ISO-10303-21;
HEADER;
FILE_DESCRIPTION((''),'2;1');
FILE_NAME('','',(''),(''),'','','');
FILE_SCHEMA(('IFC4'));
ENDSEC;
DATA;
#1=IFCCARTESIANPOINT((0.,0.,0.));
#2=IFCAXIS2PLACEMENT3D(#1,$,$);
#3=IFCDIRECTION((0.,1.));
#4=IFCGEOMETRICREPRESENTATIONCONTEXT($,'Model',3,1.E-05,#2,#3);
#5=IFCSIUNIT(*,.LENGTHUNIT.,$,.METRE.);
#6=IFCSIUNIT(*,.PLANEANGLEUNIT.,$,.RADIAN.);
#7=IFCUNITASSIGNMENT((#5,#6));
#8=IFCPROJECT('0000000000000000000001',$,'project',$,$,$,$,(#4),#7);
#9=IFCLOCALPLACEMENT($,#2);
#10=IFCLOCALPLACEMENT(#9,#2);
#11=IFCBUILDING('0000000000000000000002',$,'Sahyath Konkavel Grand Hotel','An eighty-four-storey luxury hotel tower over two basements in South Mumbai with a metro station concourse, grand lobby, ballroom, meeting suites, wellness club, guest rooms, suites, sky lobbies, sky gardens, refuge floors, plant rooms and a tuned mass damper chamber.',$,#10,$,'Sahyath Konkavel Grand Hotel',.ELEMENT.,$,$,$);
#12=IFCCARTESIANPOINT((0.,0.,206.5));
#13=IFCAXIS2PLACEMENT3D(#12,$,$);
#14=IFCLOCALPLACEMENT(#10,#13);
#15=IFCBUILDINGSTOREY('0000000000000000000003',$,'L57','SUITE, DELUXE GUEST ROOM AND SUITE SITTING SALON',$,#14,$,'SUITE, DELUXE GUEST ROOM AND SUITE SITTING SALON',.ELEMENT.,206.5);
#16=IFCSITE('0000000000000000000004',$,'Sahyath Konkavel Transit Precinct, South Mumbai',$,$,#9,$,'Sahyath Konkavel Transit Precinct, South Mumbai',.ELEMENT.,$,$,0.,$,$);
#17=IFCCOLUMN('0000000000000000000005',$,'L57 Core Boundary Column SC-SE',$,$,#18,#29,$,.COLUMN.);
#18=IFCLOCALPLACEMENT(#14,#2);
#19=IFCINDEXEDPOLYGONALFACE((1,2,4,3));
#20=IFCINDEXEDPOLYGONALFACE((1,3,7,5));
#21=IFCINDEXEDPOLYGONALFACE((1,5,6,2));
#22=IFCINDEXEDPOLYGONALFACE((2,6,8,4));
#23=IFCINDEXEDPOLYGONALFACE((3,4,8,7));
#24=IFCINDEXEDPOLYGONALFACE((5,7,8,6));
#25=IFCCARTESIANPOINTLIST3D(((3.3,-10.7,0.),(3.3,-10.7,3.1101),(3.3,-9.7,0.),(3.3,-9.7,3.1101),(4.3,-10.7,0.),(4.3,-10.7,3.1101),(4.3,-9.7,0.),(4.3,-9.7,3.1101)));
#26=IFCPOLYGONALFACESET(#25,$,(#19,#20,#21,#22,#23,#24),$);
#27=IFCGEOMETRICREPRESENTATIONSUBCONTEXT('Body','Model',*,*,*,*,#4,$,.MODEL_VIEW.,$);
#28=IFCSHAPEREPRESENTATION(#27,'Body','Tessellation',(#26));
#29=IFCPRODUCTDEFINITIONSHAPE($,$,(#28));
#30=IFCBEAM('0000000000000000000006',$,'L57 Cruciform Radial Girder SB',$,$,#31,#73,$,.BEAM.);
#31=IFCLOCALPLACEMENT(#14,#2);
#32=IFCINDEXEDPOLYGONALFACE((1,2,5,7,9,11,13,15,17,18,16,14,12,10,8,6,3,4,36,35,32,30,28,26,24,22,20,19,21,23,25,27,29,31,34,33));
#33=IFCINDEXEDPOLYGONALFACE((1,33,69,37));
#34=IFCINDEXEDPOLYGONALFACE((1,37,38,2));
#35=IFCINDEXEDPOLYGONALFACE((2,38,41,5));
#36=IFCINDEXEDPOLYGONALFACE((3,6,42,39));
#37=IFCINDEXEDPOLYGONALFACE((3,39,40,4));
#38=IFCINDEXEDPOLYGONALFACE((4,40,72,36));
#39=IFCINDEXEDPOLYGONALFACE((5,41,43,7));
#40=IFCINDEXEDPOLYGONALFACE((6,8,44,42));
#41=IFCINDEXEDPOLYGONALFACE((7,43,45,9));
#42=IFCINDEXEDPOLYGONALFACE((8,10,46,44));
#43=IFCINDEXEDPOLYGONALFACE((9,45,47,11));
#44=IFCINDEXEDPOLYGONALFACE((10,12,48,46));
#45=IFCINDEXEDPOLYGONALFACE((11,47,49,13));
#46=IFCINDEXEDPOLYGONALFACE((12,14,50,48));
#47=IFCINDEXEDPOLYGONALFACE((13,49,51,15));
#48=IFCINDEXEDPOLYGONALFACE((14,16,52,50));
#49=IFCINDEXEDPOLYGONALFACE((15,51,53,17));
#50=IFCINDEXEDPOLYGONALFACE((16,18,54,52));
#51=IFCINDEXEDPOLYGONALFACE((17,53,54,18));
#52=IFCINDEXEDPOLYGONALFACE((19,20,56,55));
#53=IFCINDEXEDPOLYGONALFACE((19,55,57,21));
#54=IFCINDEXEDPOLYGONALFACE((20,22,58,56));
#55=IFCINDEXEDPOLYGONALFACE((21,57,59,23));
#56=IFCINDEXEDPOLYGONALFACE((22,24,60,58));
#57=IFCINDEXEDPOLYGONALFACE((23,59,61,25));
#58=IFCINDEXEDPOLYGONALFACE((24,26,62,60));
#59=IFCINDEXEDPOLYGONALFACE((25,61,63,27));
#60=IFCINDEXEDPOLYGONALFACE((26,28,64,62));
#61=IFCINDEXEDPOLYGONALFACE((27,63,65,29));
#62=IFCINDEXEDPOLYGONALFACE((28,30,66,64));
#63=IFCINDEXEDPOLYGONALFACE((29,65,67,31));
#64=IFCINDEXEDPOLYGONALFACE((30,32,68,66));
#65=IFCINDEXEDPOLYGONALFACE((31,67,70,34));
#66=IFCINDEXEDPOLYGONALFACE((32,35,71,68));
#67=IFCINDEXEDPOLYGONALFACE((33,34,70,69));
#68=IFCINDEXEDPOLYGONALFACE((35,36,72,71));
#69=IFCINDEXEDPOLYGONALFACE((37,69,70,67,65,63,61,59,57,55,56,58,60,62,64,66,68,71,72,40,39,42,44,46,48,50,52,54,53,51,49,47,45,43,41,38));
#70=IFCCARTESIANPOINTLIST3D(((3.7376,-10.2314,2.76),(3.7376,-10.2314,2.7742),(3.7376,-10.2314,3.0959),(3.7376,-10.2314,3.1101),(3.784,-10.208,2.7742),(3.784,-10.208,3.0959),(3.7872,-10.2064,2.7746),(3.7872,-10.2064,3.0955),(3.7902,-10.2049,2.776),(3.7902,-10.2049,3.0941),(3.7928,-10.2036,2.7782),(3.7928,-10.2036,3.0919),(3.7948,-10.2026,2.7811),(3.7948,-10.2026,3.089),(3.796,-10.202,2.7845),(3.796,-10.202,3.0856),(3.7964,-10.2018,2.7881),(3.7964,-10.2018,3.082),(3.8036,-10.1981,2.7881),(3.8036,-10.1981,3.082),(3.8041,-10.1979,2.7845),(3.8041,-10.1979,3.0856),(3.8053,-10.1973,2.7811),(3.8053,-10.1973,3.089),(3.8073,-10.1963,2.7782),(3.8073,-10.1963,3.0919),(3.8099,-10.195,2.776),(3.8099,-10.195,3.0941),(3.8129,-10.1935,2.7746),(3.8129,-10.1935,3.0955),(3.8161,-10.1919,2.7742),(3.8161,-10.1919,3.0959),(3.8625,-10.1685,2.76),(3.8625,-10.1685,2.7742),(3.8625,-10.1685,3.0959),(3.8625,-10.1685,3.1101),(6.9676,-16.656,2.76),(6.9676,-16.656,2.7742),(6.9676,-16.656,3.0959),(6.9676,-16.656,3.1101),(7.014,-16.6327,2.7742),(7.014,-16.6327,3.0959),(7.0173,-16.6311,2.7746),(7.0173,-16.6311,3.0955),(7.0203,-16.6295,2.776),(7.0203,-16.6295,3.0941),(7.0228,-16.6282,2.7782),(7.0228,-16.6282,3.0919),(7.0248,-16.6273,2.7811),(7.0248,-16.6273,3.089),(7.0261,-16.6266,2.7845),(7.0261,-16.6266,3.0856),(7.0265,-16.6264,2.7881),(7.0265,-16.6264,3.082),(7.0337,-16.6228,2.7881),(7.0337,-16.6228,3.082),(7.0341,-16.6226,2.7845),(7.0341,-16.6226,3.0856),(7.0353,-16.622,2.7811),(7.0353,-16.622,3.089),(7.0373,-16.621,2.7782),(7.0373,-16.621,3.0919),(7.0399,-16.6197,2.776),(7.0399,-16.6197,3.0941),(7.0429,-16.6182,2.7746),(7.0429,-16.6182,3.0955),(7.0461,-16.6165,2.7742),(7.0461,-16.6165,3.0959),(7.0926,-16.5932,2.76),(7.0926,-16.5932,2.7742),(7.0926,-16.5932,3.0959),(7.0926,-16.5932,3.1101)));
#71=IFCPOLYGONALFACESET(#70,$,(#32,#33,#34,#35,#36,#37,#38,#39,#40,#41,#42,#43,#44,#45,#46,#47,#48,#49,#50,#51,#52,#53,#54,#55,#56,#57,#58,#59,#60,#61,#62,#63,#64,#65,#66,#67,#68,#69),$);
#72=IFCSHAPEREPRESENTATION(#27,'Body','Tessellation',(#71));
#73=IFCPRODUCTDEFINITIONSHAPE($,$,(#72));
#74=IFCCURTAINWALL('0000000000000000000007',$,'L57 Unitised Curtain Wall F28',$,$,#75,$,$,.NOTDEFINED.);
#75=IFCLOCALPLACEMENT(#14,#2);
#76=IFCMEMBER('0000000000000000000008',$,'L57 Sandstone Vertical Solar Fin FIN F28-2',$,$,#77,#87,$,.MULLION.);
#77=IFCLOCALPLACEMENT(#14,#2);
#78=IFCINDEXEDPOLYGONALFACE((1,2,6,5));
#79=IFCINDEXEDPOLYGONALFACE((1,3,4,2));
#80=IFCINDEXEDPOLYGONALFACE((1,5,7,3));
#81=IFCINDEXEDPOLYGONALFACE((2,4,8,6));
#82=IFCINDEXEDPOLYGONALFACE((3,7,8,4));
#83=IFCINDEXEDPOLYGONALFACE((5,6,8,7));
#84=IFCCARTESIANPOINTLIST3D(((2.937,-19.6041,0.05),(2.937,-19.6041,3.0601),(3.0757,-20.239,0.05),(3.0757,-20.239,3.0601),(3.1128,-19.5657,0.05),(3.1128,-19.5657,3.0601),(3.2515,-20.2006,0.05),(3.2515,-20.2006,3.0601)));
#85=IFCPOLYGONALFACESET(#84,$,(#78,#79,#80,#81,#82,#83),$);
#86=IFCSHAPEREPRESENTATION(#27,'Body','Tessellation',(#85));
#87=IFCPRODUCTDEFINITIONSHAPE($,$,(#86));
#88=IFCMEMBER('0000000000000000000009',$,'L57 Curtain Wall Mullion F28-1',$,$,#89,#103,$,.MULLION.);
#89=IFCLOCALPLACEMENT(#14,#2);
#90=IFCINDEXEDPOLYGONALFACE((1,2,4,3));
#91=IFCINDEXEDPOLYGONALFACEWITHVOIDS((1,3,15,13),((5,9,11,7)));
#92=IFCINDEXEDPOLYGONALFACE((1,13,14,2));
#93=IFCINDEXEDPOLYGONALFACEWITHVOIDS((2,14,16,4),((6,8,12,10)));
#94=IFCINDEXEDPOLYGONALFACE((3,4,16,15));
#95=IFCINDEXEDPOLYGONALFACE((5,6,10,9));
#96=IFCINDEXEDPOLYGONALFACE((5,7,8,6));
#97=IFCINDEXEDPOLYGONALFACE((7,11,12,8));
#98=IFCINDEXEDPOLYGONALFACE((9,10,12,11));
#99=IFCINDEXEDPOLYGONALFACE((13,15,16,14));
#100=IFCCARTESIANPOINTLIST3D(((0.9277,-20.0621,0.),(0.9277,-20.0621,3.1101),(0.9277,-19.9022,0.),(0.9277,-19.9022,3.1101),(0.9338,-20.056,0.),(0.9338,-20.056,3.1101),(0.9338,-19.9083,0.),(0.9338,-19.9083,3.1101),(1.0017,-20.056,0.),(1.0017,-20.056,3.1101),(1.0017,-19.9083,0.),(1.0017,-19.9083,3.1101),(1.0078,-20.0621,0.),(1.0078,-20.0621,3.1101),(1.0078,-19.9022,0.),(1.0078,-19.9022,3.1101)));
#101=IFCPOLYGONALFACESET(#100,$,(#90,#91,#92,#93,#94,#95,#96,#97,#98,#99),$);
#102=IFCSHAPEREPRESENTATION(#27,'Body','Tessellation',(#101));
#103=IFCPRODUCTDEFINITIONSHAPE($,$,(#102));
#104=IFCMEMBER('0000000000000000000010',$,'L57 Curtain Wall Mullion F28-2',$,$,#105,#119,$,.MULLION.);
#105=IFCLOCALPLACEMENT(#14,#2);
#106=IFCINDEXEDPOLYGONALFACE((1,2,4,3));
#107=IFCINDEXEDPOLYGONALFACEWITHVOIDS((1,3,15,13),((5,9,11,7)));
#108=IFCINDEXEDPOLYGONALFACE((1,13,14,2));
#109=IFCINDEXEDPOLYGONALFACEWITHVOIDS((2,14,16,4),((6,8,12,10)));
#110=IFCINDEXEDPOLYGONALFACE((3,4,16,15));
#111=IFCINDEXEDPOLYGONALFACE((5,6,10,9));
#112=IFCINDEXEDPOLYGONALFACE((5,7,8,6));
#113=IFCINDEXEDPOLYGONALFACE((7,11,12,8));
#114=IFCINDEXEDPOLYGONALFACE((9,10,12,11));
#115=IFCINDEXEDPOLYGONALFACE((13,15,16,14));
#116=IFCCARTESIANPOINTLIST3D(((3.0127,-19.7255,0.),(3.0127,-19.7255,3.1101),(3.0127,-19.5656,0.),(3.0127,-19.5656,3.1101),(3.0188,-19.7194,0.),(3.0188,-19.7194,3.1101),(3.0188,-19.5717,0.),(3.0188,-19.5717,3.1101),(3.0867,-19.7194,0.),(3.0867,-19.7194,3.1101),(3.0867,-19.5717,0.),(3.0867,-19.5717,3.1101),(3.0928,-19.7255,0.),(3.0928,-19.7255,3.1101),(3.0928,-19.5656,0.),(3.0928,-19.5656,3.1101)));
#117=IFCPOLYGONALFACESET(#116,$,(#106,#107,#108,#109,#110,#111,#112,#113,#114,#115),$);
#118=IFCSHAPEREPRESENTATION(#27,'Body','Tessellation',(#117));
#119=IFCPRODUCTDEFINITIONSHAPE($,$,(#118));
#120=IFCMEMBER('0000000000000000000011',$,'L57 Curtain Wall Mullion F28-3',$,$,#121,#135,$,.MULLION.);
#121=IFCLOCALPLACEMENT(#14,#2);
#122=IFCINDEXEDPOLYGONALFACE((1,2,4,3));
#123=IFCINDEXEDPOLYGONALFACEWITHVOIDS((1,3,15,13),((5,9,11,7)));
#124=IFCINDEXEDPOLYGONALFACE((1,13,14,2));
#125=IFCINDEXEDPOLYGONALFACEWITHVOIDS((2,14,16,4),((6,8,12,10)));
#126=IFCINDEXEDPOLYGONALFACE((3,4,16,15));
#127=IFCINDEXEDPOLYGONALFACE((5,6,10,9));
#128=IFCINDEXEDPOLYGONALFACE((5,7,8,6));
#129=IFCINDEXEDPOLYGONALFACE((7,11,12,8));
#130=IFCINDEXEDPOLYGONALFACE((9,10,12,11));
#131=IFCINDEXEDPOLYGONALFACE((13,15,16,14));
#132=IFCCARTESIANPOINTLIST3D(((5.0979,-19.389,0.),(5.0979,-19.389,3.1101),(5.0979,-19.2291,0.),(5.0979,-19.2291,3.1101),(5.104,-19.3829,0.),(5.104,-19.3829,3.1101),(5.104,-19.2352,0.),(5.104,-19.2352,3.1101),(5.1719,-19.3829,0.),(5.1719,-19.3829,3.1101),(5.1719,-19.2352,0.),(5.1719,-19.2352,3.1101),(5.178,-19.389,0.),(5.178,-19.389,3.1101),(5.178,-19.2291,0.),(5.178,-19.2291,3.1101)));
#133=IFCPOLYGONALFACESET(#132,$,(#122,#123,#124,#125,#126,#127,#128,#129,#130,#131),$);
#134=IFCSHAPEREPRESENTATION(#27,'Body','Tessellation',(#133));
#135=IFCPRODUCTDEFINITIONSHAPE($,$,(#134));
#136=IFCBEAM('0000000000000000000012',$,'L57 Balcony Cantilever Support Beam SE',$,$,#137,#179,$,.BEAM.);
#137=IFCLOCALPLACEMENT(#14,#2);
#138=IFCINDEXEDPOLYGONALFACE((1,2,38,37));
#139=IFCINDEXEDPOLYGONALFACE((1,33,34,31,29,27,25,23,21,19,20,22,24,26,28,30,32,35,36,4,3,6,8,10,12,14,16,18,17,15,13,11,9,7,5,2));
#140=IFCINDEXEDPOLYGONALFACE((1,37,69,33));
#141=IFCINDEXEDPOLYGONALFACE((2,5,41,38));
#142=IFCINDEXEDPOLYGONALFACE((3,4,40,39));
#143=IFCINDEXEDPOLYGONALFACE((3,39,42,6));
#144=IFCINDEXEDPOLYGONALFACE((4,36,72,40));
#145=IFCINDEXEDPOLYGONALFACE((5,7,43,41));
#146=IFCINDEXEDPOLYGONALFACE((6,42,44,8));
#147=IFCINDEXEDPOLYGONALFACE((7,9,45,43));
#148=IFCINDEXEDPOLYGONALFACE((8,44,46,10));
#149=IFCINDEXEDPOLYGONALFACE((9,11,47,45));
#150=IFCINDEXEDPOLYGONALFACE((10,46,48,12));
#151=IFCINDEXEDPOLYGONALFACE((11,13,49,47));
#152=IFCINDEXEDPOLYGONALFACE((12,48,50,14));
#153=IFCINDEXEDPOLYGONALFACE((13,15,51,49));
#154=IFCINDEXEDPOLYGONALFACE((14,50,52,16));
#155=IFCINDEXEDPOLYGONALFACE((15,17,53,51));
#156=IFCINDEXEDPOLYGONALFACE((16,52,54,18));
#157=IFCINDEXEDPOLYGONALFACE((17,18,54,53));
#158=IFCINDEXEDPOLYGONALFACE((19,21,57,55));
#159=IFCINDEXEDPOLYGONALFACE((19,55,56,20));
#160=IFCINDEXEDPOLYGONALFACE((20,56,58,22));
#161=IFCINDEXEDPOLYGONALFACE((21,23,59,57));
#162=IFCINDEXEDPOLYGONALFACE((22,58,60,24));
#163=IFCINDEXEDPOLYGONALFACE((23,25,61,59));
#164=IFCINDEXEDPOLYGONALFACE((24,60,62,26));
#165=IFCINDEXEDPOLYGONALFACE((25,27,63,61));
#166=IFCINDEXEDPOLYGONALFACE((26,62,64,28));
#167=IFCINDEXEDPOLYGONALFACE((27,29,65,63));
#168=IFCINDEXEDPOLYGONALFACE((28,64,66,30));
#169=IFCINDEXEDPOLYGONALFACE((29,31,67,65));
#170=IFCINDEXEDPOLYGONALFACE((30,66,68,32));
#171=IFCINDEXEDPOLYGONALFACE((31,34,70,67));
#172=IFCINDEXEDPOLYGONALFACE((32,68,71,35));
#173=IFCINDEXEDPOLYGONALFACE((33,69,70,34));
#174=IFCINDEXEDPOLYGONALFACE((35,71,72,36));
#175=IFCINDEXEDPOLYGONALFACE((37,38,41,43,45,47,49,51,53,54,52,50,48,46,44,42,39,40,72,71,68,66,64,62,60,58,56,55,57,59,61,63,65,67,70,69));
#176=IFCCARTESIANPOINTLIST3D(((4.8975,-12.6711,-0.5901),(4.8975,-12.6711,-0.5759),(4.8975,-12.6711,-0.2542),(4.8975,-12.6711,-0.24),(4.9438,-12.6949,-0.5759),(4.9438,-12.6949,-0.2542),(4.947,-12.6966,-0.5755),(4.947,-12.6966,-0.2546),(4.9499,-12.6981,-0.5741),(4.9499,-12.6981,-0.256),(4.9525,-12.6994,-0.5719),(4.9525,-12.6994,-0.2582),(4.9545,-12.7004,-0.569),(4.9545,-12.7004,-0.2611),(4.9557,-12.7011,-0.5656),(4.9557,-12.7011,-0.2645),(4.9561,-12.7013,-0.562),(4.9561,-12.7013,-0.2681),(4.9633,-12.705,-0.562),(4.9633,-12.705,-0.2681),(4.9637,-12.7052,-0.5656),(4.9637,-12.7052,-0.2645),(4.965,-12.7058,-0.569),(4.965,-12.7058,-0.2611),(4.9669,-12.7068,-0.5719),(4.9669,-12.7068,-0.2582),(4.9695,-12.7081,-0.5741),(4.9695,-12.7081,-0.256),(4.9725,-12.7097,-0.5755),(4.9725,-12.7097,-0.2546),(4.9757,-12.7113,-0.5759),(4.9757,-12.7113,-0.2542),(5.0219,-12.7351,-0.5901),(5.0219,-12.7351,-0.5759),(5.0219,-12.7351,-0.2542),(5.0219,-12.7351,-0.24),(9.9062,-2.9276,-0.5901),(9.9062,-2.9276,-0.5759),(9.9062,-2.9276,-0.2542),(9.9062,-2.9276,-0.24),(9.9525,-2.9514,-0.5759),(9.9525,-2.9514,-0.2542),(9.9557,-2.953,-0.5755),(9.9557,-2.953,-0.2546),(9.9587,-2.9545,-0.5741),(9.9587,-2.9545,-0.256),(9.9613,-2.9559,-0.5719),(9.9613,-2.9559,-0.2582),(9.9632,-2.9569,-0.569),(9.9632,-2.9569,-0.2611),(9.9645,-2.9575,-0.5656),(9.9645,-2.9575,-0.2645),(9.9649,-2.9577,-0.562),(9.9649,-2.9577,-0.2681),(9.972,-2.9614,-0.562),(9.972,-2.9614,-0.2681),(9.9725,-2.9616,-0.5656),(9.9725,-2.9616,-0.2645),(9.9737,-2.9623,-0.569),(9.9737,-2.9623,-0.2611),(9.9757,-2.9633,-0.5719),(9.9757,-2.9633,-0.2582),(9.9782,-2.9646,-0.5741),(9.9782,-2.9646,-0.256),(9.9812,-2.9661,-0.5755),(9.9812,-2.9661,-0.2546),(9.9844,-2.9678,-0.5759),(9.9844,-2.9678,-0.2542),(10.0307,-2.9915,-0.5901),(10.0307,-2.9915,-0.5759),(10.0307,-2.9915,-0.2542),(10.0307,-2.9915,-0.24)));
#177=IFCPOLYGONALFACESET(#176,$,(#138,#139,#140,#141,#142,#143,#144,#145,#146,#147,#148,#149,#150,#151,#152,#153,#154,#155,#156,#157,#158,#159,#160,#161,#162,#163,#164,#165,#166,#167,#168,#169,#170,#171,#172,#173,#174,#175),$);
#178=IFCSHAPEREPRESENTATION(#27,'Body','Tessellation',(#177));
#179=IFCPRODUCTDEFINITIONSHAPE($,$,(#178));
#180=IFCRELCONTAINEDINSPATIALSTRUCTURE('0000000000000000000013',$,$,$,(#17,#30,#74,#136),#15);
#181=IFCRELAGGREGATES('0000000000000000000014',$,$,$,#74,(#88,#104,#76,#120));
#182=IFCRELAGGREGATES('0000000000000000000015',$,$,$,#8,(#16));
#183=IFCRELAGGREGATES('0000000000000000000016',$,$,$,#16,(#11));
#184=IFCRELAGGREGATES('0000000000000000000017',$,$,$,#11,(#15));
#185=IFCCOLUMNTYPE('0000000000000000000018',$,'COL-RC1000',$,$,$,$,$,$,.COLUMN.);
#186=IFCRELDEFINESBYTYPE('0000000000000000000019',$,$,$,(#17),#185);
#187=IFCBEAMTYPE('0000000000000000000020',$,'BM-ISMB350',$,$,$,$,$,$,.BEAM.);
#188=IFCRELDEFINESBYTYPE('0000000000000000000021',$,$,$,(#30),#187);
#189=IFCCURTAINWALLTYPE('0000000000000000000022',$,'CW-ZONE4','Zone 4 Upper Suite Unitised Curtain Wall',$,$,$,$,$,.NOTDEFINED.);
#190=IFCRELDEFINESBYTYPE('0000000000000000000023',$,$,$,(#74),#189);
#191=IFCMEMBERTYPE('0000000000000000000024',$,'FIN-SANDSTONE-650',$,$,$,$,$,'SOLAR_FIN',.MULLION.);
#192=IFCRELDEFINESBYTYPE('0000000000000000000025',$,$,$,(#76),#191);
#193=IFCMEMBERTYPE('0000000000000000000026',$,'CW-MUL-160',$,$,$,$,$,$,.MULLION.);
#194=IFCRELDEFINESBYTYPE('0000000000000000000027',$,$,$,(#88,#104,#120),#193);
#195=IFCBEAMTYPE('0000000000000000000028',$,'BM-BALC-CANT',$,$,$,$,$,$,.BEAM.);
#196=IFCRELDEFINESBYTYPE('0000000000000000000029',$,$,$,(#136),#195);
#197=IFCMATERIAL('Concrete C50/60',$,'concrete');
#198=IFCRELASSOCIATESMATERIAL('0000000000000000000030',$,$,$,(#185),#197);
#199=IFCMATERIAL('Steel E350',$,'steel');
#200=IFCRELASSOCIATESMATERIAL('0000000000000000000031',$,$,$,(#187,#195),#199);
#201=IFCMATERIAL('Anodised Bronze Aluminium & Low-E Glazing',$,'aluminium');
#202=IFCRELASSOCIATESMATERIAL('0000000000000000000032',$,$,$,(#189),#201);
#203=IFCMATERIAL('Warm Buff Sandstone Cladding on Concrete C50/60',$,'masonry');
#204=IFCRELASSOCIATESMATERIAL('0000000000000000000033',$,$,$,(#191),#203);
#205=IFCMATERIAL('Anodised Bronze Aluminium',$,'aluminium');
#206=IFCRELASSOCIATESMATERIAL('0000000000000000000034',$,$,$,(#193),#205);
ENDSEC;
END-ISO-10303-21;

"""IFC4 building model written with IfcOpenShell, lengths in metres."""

from ifc_helpers import new_model, si_unit, direction, frame, origin, origin_2d, place, context, subcontext, project, spatial, rectangle, hollow_rectangle, i_section, extrude, source, transform, mapped, material, material_profile, profile_set, type_object, element, aggregate, save


model = new_model("IFC4")

# Units and contexts
model_context = context("Model", 3, precision=1e-05, world=origin(), true_north=direction((0.0, 1.0)))
body_context = subcontext(model_context, "Body", "Model", "MODEL_VIEW")
ifc_project = project(units=[si_unit("LENGTHUNIT", "METRE"), si_unit("PLANEANGLEUNIT", "RADIAN")], contexts=[model_context])

# Site, building, storey
site_placement = place(None, origin())
site = spatial("IfcSite", under=ifc_project, at=site_placement, Name="Sahyath Konkavel Transit Precinct, South Mumbai", LongName="Sahyath Konkavel Transit Precinct, South Mumbai", CompositionType="ELEMENT", RefElevation=0.0)
building_placement = place(site_placement, origin())
building = spatial("IfcBuilding", under=site, at=building_placement, Name="Sahyath Konkavel Grand Hotel", Description="An eighty-four-storey luxury hotel tower over two basements in South Mumbai with a metro station concourse, grand lobby, ballroom, meeting suites, wellness club, guest rooms, suites, sky lobbies, sky gardens, refuge floors, plant rooms and a tuned mass damper chamber.", LongName="Sahyath Konkavel Grand Hotel", CompositionType="ELEMENT")
storey_placement = place(building_placement, frame((0.0, 0.0, 206.5)))
storey = spatial("IfcBuildingStorey", under=building, at=storey_placement, Name="L57", Description="SUITE, DELUXE GUEST ROOM AND SUITE SITTING SALON", LongName="SUITE, DELUXE GUEST ROOM AND SUITE SITTING SALON", CompositionType="ELEMENT", Elevation=206.5)

# Column
ifc_material_1 = material(Name="Concrete C50/60", Category="concrete")
ifc_material_profile_1 = material_profile(ifc_material_1, rectangle(XDim=1.0, YDim=1.0, at=origin_2d()), Name="RC 1000x1000")
ifc_profile_set_1 = profile_set([ifc_material_profile_1], Name="Concrete C50/60")
column_type = type_object("IfcColumnType", Name="COL-RC1000", PredefinedType="COLUMN", material=ifc_profile_set_1)
shared_shape_1 = source(origin(), body_context, "Body", "SweptSolid", [
    extrude(rectangle(XDim=1.0, YDim=1.0, at=origin_2d()), origin(), (0.0, 0.0, 1.0), 3.1101),
])
column_placement = place(storey_placement, frame((3.8, -10.2, 0.0), z_axis=(0.0, 0.0, 1.0), x_axis=(1.0, 0.0, 0.0)))
element("IfcColumn", 1, at=column_placement, inside=storey, type_object=column_type, Name="L57 Core Boundary Column SC-SE", PredefinedType="COLUMN", context=body_context, shape_type="MappedRepresentation", body=[
    mapped(shared_shape_1, transform((0.0, 0.0, 0.0), scale=1.0)),
])

# Beam
ifc_material_2 = material(Name="Steel E350", Category="steel")
ifc_material_profile_2 = material_profile(ifc_material_2, i_section(OverallWidth=0.1399, OverallDepth=0.3501, WebThickness=0.0081, FlangeThickness=0.0142, FilletRadius=0.0139, at=origin_2d()), Name="ISMB 350")
ifc_profile_set_2 = profile_set([ifc_material_profile_2], Name="Steel E350")
beam_type_1 = type_object("IfcBeamType", Name="BM-ISMB350", PredefinedType="BEAM", material=ifc_profile_set_2)
shared_shape_2 = source(origin(), body_context, "Body", "SweptSolid", [
    extrude(i_section(OverallWidth=0.1399, OverallDepth=0.3501, WebThickness=0.0081, FlangeThickness=0.0142, FilletRadius=0.0139, at=origin_2d()), origin(), (0.0, 0.0, 1.0), 7.1909),
])
beam_1_placement = place(storey_placement, frame((3.8, -10.2, 2.9351), z_axis=(0.449182, -0.89344, 0.0), x_axis=(0.89344, 0.449182, 0.0)))
element("IfcBeam", 2, at=beam_1_placement, inside=storey, type_object=beam_type_1, Name="L57 Cruciform Radial Girder SB", PredefinedType="BEAM", context=body_context, shape_type="MappedRepresentation", body=[
    mapped(shared_shape_2, transform((0.0, 0.0, 0.0), scale=1.0)),
])

# Curtain wall, members
ifc_material_3 = material(Name="Anodised Bronze Aluminium & Low-E Glazing", Category="aluminium")
curtain_wall_type = type_object("IfcCurtainWallType", Name="CW-ZONE4", Description="Zone 4 Upper Suite Unitised Curtain Wall", PredefinedType="NOTDEFINED", material=ifc_material_3)
curtain_wall_placement = place(storey_placement, origin())
curtain_wall = element("IfcCurtainWall", 3, at=curtain_wall_placement, inside=storey, type_object=curtain_wall_type, Name="L57 Unitised Curtain Wall F28", PredefinedType="NOTDEFINED")
ifc_material_4 = material(Name="Warm Buff Sandstone Cladding on Concrete C50/60", Category="masonry")
ifc_material_profile_3 = material_profile(ifc_material_4, rectangle(XDim=0.1799, YDim=0.6499, at=origin_2d()), Name="FIN 180x650")
ifc_profile_set_3 = profile_set([ifc_material_profile_3], Name="Warm Buff Sandstone Cladding on Concrete C50/60")
member_type_1 = type_object("IfcMemberType", Name="FIN-SANDSTONE-650", ElementType="SOLAR_FIN", PredefinedType="MULLION", material=ifc_profile_set_3)
shared_shape_3 = source(origin(), body_context, "Body", "SweptSolid", [
    extrude(rectangle(XDim=0.1799, YDim=0.6499, at=origin_2d()), origin(), (0.0, 0.0, 1.0), 3.01),
])
member_1_placement = place(storey_placement, frame((3.0942, -19.9023, 0.05), z_axis=(0.0, 0.0, 1.0), x_axis=(0.976971, 0.213371, 0.0)))
member_1 = element("IfcMember", 4, at=member_1_placement, type_object=member_type_1, Name="L57 Sandstone Vertical Solar Fin FIN F28-2", PredefinedType="MULLION", context=body_context, shape_type="MappedRepresentation", body=[
    mapped(shared_shape_3, transform((0.0, 0.0, 0.0), scale=1.0)),
])
ifc_material_5 = material(Name="Anodised Bronze Aluminium", Category="aluminium")
ifc_material_profile_4 = material_profile(ifc_material_5, hollow_rectangle(XDim=0.0801, YDim=0.1599, WallThickness=0.0061, at=origin_2d()), Name="RHS 160x80x6")
ifc_profile_set_4 = profile_set([ifc_material_profile_4], Name="Anodised Bronze Aluminium")
member_type_2 = type_object("IfcMemberType", Name="CW-MUL-160", PredefinedType="MULLION", material=ifc_profile_set_4)
shared_shape_4 = source(origin(), body_context, "Body", "SweptSolid", [
    extrude(hollow_rectangle(XDim=0.0801, YDim=0.1599, WallThickness=0.0061, at=origin_2d()), origin(), (0.0, 0.0, 1.0), 3.1101),
])
member_2_placement = place(storey_placement, frame((0.9678, -19.9822, 0.0), z_axis=(0.0, 0.0, 1.0), x_axis=(1.0, 0.0, 0.0)))
member_2 = element("IfcMember", 5, at=member_2_placement, type_object=member_type_2, Name="L57 Curtain Wall Mullion F28-1", PredefinedType="MULLION", context=body_context, shape_type="MappedRepresentation", body=[
    mapped(shared_shape_4, transform((0.0, 0.0, 0.0), scale=1.0)),
])
member_3_placement = place(storey_placement, frame((3.0527, -19.6455, 0.0), z_axis=(0.0, 0.0, 1.0), x_axis=(1.0, 0.0, 0.0)))
member_3 = element("IfcMember", 6, at=member_3_placement, type_object=member_type_2, Name="L57 Curtain Wall Mullion F28-2", PredefinedType="MULLION", context=body_context, shape_type="MappedRepresentation", body=[
    mapped(shared_shape_4, transform((0.0, 0.0, 0.0), scale=1.0)),
])
member_4_placement = place(storey_placement, frame((5.1379, -19.3091, 0.0), z_axis=(0.0, 0.0, 1.0), x_axis=(1.0, 0.0, 0.0)))
member_4 = element("IfcMember", 7, at=member_4_placement, type_object=member_type_2, Name="L57 Curtain Wall Mullion F28-3", PredefinedType="MULLION", context=body_context, shape_type="MappedRepresentation", body=[
    mapped(shared_shape_4, transform((0.0, 0.0, 0.0), scale=1.0)),
])

# Beam
ifc_material_profile_5 = material_profile(ifc_material_2, i_section(OverallWidth=0.1399, OverallDepth=0.3501, WebThickness=0.0081, FlangeThickness=0.0142, FilletRadius=0.0139, at=origin_2d()), Name="ISMB 350")
ifc_profile_set_5 = profile_set([ifc_material_profile_5], Name="Steel E350")
beam_type_2 = type_object("IfcBeamType", Name="BM-BALC-CANT", PredefinedType="BEAM", material=ifc_profile_set_5)
shared_shape_5 = source(origin(), body_context, "Body", "SweptSolid", [
    extrude(i_section(OverallWidth=0.1399, OverallDepth=0.3501, WebThickness=0.0081, FlangeThickness=0.0142, FilletRadius=0.0139, at=origin_2d()), origin(), (0.0, 0.0, 1.0), 10.9556),
])
beam_2_placement = place(storey_placement, frame((4.9597, -12.7031, -0.415), z_axis=(0.457187, 0.889371, 0.0), x_axis=(-0.889371, 0.457187, 0.0)))
element("IfcBeam", 8, at=beam_2_placement, inside=storey, type_object=beam_type_2, Name="L57 Balcony Cantilever Support Beam SE", PredefinedType="BEAM", context=body_context, shape_type="MappedRepresentation", body=[
    mapped(shared_shape_5, transform((0.0, 0.0, 0.0), scale=1.0)),
])

aggregate(curtain_wall, [member_2, member_3, member_1, member_4])

save(model, "model.ifc")
